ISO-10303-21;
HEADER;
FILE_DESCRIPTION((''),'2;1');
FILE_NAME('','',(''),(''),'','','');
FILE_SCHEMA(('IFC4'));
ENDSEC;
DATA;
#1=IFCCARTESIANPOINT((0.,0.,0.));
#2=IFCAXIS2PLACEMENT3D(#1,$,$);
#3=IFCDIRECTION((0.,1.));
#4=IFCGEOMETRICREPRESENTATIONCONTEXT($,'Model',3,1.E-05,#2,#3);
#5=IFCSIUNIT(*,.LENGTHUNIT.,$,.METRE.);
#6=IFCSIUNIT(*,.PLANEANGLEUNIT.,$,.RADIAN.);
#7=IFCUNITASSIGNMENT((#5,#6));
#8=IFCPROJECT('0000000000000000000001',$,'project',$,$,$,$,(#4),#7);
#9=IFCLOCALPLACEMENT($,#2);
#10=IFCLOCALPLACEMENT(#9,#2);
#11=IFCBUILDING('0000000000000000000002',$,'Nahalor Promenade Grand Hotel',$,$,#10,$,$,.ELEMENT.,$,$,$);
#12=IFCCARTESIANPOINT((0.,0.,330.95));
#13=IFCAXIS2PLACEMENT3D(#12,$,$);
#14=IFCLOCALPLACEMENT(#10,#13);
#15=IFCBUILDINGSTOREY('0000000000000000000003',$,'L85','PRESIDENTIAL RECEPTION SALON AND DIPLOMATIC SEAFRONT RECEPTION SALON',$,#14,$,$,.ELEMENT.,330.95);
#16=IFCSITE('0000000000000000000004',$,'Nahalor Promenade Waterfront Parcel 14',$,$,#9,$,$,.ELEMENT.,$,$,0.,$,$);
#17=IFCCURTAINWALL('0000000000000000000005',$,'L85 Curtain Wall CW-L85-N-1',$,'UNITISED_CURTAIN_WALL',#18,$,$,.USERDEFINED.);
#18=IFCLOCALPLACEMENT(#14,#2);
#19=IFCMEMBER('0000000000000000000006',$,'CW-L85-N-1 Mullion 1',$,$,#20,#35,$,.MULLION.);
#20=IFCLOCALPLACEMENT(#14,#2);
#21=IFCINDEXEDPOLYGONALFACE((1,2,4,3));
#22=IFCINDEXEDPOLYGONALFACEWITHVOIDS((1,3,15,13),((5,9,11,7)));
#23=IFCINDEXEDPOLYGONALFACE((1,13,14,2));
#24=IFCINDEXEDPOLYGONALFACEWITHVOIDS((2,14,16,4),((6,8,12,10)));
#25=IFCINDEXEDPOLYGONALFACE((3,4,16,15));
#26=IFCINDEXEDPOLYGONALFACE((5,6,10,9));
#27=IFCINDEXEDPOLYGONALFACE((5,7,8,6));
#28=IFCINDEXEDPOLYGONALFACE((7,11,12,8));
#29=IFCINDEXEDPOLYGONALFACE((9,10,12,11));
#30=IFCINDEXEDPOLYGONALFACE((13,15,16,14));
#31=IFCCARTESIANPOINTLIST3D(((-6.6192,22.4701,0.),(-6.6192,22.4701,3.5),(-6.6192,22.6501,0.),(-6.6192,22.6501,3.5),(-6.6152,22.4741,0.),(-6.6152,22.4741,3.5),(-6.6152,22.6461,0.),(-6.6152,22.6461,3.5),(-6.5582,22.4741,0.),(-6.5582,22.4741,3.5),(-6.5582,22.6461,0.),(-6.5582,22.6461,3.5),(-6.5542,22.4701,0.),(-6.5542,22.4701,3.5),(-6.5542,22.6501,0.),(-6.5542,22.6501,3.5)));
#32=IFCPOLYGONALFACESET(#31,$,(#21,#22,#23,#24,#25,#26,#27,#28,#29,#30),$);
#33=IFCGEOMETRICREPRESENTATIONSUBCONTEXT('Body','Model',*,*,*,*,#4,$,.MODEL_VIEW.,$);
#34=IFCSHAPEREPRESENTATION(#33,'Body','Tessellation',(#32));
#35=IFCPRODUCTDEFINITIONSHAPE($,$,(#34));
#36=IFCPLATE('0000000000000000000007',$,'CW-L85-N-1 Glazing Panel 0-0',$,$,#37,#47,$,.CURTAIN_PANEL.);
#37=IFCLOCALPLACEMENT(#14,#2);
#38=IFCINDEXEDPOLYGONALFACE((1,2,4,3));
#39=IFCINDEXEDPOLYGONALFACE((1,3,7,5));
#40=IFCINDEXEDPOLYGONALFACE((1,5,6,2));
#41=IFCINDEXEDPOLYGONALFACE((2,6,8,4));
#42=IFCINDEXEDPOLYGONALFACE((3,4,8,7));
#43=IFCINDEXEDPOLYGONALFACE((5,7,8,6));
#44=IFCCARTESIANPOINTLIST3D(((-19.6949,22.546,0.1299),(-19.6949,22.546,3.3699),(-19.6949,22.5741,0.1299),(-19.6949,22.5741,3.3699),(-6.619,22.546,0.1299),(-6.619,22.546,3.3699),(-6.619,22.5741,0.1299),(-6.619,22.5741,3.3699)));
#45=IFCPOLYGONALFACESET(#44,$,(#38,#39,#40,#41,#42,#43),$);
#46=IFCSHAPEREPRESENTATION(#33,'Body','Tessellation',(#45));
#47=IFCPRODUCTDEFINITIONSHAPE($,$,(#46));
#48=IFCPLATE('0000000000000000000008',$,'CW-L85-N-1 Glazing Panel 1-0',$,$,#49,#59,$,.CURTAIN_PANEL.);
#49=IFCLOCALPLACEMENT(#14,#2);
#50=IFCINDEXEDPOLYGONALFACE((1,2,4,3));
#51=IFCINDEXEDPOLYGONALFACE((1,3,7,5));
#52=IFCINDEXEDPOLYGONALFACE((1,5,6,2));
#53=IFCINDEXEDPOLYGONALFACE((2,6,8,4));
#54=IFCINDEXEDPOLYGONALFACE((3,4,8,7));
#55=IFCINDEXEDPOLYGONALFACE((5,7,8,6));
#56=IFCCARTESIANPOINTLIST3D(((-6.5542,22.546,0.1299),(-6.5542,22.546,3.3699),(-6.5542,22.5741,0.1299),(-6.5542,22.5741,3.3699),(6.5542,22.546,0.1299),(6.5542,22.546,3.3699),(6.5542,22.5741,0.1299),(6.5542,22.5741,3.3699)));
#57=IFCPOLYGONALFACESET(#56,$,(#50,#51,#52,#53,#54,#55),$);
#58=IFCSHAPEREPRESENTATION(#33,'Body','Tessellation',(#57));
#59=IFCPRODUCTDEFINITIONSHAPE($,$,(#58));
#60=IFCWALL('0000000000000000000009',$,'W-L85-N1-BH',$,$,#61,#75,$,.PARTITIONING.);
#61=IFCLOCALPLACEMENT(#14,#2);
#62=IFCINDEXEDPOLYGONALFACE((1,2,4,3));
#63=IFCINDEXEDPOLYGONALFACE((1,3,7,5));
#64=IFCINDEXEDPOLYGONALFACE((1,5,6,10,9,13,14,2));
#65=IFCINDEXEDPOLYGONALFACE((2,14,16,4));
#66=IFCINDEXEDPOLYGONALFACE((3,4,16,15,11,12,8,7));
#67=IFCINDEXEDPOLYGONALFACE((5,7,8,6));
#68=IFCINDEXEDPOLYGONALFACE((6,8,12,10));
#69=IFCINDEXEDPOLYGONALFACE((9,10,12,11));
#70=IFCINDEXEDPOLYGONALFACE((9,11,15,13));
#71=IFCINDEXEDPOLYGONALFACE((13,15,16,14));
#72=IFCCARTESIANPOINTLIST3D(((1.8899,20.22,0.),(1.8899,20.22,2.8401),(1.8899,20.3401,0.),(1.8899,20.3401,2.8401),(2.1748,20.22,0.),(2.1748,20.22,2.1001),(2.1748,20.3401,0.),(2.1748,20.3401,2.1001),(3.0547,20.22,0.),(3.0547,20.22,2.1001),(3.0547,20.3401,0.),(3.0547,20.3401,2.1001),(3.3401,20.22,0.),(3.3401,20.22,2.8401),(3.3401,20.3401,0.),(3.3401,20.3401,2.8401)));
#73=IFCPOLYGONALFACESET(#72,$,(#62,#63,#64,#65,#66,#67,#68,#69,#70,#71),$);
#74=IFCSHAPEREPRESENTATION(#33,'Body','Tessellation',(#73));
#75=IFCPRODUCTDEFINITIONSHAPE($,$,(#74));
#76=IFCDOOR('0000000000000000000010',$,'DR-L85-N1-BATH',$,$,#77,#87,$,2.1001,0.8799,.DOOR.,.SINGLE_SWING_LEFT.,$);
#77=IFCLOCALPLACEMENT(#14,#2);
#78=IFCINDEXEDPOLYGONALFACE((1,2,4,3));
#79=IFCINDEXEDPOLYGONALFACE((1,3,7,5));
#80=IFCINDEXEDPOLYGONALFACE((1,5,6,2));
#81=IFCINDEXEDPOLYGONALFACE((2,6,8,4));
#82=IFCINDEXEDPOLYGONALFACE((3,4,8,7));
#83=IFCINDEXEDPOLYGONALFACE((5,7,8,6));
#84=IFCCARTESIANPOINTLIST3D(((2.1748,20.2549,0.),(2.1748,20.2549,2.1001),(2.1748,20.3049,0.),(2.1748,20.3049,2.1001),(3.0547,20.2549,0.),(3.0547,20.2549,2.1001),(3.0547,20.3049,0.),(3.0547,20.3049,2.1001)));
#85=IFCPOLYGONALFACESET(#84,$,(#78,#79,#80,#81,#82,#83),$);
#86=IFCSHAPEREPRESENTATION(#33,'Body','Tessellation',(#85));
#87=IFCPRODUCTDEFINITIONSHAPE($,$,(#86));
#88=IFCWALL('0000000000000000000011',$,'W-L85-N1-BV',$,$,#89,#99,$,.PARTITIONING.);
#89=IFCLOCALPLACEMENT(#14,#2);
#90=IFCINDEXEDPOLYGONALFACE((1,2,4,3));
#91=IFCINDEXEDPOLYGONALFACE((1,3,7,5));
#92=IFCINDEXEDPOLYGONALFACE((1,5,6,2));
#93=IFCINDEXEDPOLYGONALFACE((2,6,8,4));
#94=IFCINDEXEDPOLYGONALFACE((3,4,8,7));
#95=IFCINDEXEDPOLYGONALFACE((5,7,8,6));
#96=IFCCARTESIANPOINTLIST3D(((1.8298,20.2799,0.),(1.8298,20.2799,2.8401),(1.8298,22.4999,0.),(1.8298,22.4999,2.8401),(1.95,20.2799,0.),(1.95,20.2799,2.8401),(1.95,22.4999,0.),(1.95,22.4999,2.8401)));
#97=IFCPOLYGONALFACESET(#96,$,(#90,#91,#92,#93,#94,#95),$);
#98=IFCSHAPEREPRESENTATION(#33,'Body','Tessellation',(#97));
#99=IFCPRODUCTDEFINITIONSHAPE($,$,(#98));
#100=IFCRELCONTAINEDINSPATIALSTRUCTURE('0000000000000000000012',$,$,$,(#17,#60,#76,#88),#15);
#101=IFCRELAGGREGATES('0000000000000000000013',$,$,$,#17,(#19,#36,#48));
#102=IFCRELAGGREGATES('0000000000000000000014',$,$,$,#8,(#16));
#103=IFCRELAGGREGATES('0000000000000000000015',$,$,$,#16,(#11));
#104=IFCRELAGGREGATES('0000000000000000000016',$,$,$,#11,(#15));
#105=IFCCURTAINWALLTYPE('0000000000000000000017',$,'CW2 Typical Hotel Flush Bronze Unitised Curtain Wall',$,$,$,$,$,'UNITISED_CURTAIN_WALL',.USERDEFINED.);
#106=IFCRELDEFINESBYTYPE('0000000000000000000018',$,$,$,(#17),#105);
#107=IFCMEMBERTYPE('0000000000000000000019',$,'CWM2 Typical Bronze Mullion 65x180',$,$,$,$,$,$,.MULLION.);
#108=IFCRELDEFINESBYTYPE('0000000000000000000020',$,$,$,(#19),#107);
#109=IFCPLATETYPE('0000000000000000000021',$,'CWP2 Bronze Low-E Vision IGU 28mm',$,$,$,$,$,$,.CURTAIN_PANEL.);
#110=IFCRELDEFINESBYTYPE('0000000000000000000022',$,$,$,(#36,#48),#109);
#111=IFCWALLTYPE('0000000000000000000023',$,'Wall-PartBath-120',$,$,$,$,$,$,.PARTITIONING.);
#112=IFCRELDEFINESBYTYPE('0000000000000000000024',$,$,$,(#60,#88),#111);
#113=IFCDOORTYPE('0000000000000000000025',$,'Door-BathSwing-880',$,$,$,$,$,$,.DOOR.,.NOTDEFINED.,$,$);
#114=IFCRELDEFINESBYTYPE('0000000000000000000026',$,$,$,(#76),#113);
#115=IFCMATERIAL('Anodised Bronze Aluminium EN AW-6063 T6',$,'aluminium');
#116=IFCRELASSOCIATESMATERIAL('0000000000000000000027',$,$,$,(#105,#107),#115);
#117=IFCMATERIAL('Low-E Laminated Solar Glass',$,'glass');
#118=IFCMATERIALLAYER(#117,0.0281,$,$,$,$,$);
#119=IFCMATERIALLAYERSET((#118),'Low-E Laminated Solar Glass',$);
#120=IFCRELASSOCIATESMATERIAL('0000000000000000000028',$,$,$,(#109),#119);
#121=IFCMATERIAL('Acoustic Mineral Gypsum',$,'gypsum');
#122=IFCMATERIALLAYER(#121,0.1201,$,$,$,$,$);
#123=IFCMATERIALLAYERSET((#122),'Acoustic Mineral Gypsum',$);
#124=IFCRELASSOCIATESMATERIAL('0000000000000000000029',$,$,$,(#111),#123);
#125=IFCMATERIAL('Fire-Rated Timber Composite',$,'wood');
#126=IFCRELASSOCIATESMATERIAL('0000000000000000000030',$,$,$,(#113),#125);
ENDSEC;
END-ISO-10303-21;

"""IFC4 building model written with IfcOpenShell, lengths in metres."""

from ifc_helpers import new_model, si_unit, direction, frame, frame_2d, origin, origin_2d, place, context, subcontext, project, spatial, rectangle, hollow_rectangle, extrude, source, transform, mapped, material, layer, layer_set, material_profile, profile_set, type_object, element, fill, aggregate, save


model = new_model("IFC4")

# Units and contexts
model_context = context("Model", 3, precision=1e-05, world=origin(), true_north=direction((0.0, 1.0)))
body_context = subcontext(model_context, "Body", "Model", "MODEL_VIEW")
ifc_project = project(units=[si_unit("LENGTHUNIT", "METRE"), si_unit("PLANEANGLEUNIT", "RADIAN")], contexts=[model_context])

# Site, building, storey
site_placement = place(None, origin())
site = spatial("IfcSite", under=ifc_project, at=site_placement, Name="Nahalor Promenade Waterfront Parcel 14", CompositionType="ELEMENT", RefElevation=0.0)
building_placement = place(site_placement, origin())
building = spatial("IfcBuilding", under=site, at=building_placement, Name="Nahalor Promenade Grand Hotel", CompositionType="ELEMENT")
storey_placement = place(building_placement, frame((0.0, 0.0, 330.95)))
storey = spatial("IfcBuildingStorey", under=building, at=storey_placement, Name="L85", Description="PRESIDENTIAL RECEPTION SALON AND DIPLOMATIC SEAFRONT RECEPTION SALON", CompositionType="ELEMENT", Elevation=330.95)

# Curtain wall, member, plates
ifc_material_1 = material(Name="Anodised Bronze Aluminium EN AW-6063 T6", Category="aluminium")
curtain_wall_type = type_object("IfcCurtainWallType", Name="CW2 Typical Hotel Flush Bronze Unitised Curtain Wall", ElementType="UNITISED_CURTAIN_WALL", PredefinedType="USERDEFINED", material=ifc_material_1)
curtain_wall_placement = place(storey_placement, origin())
curtain_wall = element("IfcCurtainWall", 1, at=curtain_wall_placement, inside=storey, type_object=curtain_wall_type, Name="L85 Curtain Wall CW-L85-N-1", ObjectType="UNITISED_CURTAIN_WALL", PredefinedType="USERDEFINED")
ifc_material_profile_1 = material_profile(ifc_material_1, hollow_rectangle(XDim=0.065, YDim=0.18, WallThickness=0.004, at=origin_2d()), Name="CWM 65x180x4")
ifc_profile_set_1 = profile_set([ifc_material_profile_1], Name="Anodised Bronze Aluminium EN AW-6063 T6")
member_type_1 = type_object("IfcMemberType", Name="CWM2 Typical Bronze Mullion 65x180", PredefinedType="MULLION", material=ifc_profile_set_1)
shared_shape_1 = source(origin(), body_context, "Body", "SweptSolid", [
    extrude(hollow_rectangle(XDim=0.065, YDim=0.18, WallThickness=0.004, at=origin_2d()), origin(), (0.0, 0.0, 1.0), 3.5),
])
member_1_placement = place(storey_placement, frame((-6.5867, 22.5601, 0.0), z_axis=(0.0, 0.0, 1.0), x_axis=(1.0, 0.0, 0.0)))
member_1 = element("IfcMember", 2, at=member_1_placement, type_object=member_type_1, Name="CW-L85-N-1 Mullion 1", PredefinedType="MULLION", context=body_context, shape_type="MappedRepresentation", body=[
    mapped(shared_shape_1, transform((0.0, 0.0, 0.0), scale=1.0)),
])
ifc_material_2 = material(Name="Low-E Laminated Solar Glass", Category="glass")
ifc_layer_1 = layer(ifc_material_2, 0.0281)
ifc_layer_set_1 = layer_set([ifc_layer_1], Name="Low-E Laminated Solar Glass")
plate_type = type_object("IfcPlateType", Name="CWP2 Bronze Low-E Vision IGU 28mm", PredefinedType="CURTAIN_PANEL", material=ifc_layer_set_1)
shared_shape_2 = source(origin(), body_context, "Body", "SweptSolid", [
    extrude(rectangle(XDim=13.0759, YDim=0.0281, at=origin_2d()), origin(), (0.0, 0.0, 1.0), 3.24),
])
plate_1_placement = place(storey_placement, frame((-13.157, 22.5601, 0.1299), z_axis=(0.0, 0.0, 1.0), x_axis=(1.0, 0.0, 0.0)))
plate_1 = element("IfcPlate", 3, at=plate_1_placement, type_object=plate_type, Name="CW-L85-N-1 Glazing Panel 0-0", PredefinedType="CURTAIN_PANEL", context=body_context, shape_type="MappedRepresentation", body=[
    mapped(shared_shape_2, transform((0.0, 0.0, 0.0), scale=1.0)),
])
shared_shape_3 = source(origin(), body_context, "Body", "SweptSolid", [
    extrude(rectangle(XDim=13.1084, YDim=0.0281, at=origin_2d()), origin(), (0.0, 0.0, 1.0), 3.24),
])
plate_2_placement = place(storey_placement, frame((0.0, 22.5601, 0.1299), z_axis=(0.0, 0.0, 1.0), x_axis=(1.0, 0.0, 0.0)))
plate_2 = element("IfcPlate", 4, at=plate_2_placement, type_object=plate_type, Name="CW-L85-N-1 Glazing Panel 1-0", PredefinedType="CURTAIN_PANEL", context=body_context, shape_type="MappedRepresentation", body=[
    mapped(shared_shape_3, transform((0.0, 0.0, 0.0), scale=1.0)),
])
aggregate(curtain_wall, [member_1, plate_1, plate_2])

# Wall, opening, door
ifc_material_3 = material(Name="Acoustic Mineral Gypsum", Category="gypsum")
ifc_layer_2 = layer(ifc_material_3, 0.1201)
ifc_layer_set_2 = layer_set([ifc_layer_2], Name="Acoustic Mineral Gypsum")
wall_type = type_object("IfcWallType", Name="Wall-PartBath-120", PredefinedType="PARTITIONING", material=ifc_layer_set_2)
shared_shape_4 = source(origin(), body_context, "Body", "SweptSolid", [
    extrude(rectangle(XDim=1.4502, YDim=0.1201, at=frame_2d((0.7251, 0.0))), origin(), (0.0, 0.0, 1.0), 2.8401),
])
wall_1_placement = place(storey_placement, frame((1.8899, 20.28, 0.0), z_axis=(0.0, 0.0, 1.0), x_axis=(1.0, 0.0, 0.0)))
wall_1 = element("IfcWall", 5, at=wall_1_placement, inside=storey, type_object=wall_type, Name="W-L85-N1-BH", PredefinedType="PARTITIONING", context=body_context, shape_type="MappedRepresentation", body=[
    mapped(shared_shape_4, transform((0.0, 0.0, 0.0), scale=1.0)),
])
opening_placement = place(wall_1_placement, frame((0.2849, 0.0, 0.0)))
opening = element("IfcOpeningElement", 6, at=opening_placement, cuts=wall_1, PredefinedType="OPENING", context=body_context, shape_type="SweptSolid", body=[
    extrude(rectangle(XDim=0.8799, YDim=2.1001, at=frame_2d((0.4399, 1.05))), frame((0.0, 0.0701, 0.0), z_axis=(0.0, -1.0, 0.0), x_axis=(1.0, 0.0, 0.0)), (0.0, 0.0, 1.0), 0.1401),
])
ifc_material_4 = material(Name="Fire-Rated Timber Composite", Category="wood")
door_type = type_object("IfcDoorType", Name="Door-BathSwing-880", OperationType="NOTDEFINED", PredefinedType="DOOR", material=ifc_material_4)
shared_shape_5 = source(origin(), body_context, "Body", "SweptSolid", [
    extrude(rectangle(XDim=0.8799, YDim=2.1001, at=frame_2d((0.4399, 1.05))), frame((0.0, 0.0249, 0.0), z_axis=(0.0, -1.0, 0.0), x_axis=(1.0, 0.0, 0.0)), (0.0, 0.0, 1.0), 0.05),
])
door_placement = place(opening_placement, origin())
door = element("IfcDoor", 7, at=door_placement, inside=storey, type_object=door_type, Name="DR-L85-N1-BATH", OperationType="SINGLE_SWING_LEFT", OverallHeight=2.1001, OverallWidth=0.8799, PredefinedType="DOOR", context=body_context, shape_type="MappedRepresentation", body=[
    mapped(shared_shape_5, transform((0.0, 0.0, 0.0), scale=1.0)),
])
fill(opening, door)

# Wall
shared_shape_6 = source(origin(), body_context, "Body", "SweptSolid", [
    extrude(rectangle(XDim=2.22, YDim=0.1201, at=frame_2d((1.1099, 0.0))), origin(), (0.0, 0.0, 1.0), 2.8401),
])
wall_2_placement = place(storey_placement, frame((1.8899, 20.28, 0.0), z_axis=(0.0, 0.0, 1.0), x_axis=(0.0, 1.0, 0.0)))
element("IfcWall", 8, at=wall_2_placement, inside=storey, type_object=wall_type, Name="W-L85-N1-BV", PredefinedType="PARTITIONING", context=body_context, shape_type="MappedRepresentation", body=[
    mapped(shared_shape_6, transform((0.0, 0.0, 0.0), scale=1.0)),
])

save(model, "model.ifc")
